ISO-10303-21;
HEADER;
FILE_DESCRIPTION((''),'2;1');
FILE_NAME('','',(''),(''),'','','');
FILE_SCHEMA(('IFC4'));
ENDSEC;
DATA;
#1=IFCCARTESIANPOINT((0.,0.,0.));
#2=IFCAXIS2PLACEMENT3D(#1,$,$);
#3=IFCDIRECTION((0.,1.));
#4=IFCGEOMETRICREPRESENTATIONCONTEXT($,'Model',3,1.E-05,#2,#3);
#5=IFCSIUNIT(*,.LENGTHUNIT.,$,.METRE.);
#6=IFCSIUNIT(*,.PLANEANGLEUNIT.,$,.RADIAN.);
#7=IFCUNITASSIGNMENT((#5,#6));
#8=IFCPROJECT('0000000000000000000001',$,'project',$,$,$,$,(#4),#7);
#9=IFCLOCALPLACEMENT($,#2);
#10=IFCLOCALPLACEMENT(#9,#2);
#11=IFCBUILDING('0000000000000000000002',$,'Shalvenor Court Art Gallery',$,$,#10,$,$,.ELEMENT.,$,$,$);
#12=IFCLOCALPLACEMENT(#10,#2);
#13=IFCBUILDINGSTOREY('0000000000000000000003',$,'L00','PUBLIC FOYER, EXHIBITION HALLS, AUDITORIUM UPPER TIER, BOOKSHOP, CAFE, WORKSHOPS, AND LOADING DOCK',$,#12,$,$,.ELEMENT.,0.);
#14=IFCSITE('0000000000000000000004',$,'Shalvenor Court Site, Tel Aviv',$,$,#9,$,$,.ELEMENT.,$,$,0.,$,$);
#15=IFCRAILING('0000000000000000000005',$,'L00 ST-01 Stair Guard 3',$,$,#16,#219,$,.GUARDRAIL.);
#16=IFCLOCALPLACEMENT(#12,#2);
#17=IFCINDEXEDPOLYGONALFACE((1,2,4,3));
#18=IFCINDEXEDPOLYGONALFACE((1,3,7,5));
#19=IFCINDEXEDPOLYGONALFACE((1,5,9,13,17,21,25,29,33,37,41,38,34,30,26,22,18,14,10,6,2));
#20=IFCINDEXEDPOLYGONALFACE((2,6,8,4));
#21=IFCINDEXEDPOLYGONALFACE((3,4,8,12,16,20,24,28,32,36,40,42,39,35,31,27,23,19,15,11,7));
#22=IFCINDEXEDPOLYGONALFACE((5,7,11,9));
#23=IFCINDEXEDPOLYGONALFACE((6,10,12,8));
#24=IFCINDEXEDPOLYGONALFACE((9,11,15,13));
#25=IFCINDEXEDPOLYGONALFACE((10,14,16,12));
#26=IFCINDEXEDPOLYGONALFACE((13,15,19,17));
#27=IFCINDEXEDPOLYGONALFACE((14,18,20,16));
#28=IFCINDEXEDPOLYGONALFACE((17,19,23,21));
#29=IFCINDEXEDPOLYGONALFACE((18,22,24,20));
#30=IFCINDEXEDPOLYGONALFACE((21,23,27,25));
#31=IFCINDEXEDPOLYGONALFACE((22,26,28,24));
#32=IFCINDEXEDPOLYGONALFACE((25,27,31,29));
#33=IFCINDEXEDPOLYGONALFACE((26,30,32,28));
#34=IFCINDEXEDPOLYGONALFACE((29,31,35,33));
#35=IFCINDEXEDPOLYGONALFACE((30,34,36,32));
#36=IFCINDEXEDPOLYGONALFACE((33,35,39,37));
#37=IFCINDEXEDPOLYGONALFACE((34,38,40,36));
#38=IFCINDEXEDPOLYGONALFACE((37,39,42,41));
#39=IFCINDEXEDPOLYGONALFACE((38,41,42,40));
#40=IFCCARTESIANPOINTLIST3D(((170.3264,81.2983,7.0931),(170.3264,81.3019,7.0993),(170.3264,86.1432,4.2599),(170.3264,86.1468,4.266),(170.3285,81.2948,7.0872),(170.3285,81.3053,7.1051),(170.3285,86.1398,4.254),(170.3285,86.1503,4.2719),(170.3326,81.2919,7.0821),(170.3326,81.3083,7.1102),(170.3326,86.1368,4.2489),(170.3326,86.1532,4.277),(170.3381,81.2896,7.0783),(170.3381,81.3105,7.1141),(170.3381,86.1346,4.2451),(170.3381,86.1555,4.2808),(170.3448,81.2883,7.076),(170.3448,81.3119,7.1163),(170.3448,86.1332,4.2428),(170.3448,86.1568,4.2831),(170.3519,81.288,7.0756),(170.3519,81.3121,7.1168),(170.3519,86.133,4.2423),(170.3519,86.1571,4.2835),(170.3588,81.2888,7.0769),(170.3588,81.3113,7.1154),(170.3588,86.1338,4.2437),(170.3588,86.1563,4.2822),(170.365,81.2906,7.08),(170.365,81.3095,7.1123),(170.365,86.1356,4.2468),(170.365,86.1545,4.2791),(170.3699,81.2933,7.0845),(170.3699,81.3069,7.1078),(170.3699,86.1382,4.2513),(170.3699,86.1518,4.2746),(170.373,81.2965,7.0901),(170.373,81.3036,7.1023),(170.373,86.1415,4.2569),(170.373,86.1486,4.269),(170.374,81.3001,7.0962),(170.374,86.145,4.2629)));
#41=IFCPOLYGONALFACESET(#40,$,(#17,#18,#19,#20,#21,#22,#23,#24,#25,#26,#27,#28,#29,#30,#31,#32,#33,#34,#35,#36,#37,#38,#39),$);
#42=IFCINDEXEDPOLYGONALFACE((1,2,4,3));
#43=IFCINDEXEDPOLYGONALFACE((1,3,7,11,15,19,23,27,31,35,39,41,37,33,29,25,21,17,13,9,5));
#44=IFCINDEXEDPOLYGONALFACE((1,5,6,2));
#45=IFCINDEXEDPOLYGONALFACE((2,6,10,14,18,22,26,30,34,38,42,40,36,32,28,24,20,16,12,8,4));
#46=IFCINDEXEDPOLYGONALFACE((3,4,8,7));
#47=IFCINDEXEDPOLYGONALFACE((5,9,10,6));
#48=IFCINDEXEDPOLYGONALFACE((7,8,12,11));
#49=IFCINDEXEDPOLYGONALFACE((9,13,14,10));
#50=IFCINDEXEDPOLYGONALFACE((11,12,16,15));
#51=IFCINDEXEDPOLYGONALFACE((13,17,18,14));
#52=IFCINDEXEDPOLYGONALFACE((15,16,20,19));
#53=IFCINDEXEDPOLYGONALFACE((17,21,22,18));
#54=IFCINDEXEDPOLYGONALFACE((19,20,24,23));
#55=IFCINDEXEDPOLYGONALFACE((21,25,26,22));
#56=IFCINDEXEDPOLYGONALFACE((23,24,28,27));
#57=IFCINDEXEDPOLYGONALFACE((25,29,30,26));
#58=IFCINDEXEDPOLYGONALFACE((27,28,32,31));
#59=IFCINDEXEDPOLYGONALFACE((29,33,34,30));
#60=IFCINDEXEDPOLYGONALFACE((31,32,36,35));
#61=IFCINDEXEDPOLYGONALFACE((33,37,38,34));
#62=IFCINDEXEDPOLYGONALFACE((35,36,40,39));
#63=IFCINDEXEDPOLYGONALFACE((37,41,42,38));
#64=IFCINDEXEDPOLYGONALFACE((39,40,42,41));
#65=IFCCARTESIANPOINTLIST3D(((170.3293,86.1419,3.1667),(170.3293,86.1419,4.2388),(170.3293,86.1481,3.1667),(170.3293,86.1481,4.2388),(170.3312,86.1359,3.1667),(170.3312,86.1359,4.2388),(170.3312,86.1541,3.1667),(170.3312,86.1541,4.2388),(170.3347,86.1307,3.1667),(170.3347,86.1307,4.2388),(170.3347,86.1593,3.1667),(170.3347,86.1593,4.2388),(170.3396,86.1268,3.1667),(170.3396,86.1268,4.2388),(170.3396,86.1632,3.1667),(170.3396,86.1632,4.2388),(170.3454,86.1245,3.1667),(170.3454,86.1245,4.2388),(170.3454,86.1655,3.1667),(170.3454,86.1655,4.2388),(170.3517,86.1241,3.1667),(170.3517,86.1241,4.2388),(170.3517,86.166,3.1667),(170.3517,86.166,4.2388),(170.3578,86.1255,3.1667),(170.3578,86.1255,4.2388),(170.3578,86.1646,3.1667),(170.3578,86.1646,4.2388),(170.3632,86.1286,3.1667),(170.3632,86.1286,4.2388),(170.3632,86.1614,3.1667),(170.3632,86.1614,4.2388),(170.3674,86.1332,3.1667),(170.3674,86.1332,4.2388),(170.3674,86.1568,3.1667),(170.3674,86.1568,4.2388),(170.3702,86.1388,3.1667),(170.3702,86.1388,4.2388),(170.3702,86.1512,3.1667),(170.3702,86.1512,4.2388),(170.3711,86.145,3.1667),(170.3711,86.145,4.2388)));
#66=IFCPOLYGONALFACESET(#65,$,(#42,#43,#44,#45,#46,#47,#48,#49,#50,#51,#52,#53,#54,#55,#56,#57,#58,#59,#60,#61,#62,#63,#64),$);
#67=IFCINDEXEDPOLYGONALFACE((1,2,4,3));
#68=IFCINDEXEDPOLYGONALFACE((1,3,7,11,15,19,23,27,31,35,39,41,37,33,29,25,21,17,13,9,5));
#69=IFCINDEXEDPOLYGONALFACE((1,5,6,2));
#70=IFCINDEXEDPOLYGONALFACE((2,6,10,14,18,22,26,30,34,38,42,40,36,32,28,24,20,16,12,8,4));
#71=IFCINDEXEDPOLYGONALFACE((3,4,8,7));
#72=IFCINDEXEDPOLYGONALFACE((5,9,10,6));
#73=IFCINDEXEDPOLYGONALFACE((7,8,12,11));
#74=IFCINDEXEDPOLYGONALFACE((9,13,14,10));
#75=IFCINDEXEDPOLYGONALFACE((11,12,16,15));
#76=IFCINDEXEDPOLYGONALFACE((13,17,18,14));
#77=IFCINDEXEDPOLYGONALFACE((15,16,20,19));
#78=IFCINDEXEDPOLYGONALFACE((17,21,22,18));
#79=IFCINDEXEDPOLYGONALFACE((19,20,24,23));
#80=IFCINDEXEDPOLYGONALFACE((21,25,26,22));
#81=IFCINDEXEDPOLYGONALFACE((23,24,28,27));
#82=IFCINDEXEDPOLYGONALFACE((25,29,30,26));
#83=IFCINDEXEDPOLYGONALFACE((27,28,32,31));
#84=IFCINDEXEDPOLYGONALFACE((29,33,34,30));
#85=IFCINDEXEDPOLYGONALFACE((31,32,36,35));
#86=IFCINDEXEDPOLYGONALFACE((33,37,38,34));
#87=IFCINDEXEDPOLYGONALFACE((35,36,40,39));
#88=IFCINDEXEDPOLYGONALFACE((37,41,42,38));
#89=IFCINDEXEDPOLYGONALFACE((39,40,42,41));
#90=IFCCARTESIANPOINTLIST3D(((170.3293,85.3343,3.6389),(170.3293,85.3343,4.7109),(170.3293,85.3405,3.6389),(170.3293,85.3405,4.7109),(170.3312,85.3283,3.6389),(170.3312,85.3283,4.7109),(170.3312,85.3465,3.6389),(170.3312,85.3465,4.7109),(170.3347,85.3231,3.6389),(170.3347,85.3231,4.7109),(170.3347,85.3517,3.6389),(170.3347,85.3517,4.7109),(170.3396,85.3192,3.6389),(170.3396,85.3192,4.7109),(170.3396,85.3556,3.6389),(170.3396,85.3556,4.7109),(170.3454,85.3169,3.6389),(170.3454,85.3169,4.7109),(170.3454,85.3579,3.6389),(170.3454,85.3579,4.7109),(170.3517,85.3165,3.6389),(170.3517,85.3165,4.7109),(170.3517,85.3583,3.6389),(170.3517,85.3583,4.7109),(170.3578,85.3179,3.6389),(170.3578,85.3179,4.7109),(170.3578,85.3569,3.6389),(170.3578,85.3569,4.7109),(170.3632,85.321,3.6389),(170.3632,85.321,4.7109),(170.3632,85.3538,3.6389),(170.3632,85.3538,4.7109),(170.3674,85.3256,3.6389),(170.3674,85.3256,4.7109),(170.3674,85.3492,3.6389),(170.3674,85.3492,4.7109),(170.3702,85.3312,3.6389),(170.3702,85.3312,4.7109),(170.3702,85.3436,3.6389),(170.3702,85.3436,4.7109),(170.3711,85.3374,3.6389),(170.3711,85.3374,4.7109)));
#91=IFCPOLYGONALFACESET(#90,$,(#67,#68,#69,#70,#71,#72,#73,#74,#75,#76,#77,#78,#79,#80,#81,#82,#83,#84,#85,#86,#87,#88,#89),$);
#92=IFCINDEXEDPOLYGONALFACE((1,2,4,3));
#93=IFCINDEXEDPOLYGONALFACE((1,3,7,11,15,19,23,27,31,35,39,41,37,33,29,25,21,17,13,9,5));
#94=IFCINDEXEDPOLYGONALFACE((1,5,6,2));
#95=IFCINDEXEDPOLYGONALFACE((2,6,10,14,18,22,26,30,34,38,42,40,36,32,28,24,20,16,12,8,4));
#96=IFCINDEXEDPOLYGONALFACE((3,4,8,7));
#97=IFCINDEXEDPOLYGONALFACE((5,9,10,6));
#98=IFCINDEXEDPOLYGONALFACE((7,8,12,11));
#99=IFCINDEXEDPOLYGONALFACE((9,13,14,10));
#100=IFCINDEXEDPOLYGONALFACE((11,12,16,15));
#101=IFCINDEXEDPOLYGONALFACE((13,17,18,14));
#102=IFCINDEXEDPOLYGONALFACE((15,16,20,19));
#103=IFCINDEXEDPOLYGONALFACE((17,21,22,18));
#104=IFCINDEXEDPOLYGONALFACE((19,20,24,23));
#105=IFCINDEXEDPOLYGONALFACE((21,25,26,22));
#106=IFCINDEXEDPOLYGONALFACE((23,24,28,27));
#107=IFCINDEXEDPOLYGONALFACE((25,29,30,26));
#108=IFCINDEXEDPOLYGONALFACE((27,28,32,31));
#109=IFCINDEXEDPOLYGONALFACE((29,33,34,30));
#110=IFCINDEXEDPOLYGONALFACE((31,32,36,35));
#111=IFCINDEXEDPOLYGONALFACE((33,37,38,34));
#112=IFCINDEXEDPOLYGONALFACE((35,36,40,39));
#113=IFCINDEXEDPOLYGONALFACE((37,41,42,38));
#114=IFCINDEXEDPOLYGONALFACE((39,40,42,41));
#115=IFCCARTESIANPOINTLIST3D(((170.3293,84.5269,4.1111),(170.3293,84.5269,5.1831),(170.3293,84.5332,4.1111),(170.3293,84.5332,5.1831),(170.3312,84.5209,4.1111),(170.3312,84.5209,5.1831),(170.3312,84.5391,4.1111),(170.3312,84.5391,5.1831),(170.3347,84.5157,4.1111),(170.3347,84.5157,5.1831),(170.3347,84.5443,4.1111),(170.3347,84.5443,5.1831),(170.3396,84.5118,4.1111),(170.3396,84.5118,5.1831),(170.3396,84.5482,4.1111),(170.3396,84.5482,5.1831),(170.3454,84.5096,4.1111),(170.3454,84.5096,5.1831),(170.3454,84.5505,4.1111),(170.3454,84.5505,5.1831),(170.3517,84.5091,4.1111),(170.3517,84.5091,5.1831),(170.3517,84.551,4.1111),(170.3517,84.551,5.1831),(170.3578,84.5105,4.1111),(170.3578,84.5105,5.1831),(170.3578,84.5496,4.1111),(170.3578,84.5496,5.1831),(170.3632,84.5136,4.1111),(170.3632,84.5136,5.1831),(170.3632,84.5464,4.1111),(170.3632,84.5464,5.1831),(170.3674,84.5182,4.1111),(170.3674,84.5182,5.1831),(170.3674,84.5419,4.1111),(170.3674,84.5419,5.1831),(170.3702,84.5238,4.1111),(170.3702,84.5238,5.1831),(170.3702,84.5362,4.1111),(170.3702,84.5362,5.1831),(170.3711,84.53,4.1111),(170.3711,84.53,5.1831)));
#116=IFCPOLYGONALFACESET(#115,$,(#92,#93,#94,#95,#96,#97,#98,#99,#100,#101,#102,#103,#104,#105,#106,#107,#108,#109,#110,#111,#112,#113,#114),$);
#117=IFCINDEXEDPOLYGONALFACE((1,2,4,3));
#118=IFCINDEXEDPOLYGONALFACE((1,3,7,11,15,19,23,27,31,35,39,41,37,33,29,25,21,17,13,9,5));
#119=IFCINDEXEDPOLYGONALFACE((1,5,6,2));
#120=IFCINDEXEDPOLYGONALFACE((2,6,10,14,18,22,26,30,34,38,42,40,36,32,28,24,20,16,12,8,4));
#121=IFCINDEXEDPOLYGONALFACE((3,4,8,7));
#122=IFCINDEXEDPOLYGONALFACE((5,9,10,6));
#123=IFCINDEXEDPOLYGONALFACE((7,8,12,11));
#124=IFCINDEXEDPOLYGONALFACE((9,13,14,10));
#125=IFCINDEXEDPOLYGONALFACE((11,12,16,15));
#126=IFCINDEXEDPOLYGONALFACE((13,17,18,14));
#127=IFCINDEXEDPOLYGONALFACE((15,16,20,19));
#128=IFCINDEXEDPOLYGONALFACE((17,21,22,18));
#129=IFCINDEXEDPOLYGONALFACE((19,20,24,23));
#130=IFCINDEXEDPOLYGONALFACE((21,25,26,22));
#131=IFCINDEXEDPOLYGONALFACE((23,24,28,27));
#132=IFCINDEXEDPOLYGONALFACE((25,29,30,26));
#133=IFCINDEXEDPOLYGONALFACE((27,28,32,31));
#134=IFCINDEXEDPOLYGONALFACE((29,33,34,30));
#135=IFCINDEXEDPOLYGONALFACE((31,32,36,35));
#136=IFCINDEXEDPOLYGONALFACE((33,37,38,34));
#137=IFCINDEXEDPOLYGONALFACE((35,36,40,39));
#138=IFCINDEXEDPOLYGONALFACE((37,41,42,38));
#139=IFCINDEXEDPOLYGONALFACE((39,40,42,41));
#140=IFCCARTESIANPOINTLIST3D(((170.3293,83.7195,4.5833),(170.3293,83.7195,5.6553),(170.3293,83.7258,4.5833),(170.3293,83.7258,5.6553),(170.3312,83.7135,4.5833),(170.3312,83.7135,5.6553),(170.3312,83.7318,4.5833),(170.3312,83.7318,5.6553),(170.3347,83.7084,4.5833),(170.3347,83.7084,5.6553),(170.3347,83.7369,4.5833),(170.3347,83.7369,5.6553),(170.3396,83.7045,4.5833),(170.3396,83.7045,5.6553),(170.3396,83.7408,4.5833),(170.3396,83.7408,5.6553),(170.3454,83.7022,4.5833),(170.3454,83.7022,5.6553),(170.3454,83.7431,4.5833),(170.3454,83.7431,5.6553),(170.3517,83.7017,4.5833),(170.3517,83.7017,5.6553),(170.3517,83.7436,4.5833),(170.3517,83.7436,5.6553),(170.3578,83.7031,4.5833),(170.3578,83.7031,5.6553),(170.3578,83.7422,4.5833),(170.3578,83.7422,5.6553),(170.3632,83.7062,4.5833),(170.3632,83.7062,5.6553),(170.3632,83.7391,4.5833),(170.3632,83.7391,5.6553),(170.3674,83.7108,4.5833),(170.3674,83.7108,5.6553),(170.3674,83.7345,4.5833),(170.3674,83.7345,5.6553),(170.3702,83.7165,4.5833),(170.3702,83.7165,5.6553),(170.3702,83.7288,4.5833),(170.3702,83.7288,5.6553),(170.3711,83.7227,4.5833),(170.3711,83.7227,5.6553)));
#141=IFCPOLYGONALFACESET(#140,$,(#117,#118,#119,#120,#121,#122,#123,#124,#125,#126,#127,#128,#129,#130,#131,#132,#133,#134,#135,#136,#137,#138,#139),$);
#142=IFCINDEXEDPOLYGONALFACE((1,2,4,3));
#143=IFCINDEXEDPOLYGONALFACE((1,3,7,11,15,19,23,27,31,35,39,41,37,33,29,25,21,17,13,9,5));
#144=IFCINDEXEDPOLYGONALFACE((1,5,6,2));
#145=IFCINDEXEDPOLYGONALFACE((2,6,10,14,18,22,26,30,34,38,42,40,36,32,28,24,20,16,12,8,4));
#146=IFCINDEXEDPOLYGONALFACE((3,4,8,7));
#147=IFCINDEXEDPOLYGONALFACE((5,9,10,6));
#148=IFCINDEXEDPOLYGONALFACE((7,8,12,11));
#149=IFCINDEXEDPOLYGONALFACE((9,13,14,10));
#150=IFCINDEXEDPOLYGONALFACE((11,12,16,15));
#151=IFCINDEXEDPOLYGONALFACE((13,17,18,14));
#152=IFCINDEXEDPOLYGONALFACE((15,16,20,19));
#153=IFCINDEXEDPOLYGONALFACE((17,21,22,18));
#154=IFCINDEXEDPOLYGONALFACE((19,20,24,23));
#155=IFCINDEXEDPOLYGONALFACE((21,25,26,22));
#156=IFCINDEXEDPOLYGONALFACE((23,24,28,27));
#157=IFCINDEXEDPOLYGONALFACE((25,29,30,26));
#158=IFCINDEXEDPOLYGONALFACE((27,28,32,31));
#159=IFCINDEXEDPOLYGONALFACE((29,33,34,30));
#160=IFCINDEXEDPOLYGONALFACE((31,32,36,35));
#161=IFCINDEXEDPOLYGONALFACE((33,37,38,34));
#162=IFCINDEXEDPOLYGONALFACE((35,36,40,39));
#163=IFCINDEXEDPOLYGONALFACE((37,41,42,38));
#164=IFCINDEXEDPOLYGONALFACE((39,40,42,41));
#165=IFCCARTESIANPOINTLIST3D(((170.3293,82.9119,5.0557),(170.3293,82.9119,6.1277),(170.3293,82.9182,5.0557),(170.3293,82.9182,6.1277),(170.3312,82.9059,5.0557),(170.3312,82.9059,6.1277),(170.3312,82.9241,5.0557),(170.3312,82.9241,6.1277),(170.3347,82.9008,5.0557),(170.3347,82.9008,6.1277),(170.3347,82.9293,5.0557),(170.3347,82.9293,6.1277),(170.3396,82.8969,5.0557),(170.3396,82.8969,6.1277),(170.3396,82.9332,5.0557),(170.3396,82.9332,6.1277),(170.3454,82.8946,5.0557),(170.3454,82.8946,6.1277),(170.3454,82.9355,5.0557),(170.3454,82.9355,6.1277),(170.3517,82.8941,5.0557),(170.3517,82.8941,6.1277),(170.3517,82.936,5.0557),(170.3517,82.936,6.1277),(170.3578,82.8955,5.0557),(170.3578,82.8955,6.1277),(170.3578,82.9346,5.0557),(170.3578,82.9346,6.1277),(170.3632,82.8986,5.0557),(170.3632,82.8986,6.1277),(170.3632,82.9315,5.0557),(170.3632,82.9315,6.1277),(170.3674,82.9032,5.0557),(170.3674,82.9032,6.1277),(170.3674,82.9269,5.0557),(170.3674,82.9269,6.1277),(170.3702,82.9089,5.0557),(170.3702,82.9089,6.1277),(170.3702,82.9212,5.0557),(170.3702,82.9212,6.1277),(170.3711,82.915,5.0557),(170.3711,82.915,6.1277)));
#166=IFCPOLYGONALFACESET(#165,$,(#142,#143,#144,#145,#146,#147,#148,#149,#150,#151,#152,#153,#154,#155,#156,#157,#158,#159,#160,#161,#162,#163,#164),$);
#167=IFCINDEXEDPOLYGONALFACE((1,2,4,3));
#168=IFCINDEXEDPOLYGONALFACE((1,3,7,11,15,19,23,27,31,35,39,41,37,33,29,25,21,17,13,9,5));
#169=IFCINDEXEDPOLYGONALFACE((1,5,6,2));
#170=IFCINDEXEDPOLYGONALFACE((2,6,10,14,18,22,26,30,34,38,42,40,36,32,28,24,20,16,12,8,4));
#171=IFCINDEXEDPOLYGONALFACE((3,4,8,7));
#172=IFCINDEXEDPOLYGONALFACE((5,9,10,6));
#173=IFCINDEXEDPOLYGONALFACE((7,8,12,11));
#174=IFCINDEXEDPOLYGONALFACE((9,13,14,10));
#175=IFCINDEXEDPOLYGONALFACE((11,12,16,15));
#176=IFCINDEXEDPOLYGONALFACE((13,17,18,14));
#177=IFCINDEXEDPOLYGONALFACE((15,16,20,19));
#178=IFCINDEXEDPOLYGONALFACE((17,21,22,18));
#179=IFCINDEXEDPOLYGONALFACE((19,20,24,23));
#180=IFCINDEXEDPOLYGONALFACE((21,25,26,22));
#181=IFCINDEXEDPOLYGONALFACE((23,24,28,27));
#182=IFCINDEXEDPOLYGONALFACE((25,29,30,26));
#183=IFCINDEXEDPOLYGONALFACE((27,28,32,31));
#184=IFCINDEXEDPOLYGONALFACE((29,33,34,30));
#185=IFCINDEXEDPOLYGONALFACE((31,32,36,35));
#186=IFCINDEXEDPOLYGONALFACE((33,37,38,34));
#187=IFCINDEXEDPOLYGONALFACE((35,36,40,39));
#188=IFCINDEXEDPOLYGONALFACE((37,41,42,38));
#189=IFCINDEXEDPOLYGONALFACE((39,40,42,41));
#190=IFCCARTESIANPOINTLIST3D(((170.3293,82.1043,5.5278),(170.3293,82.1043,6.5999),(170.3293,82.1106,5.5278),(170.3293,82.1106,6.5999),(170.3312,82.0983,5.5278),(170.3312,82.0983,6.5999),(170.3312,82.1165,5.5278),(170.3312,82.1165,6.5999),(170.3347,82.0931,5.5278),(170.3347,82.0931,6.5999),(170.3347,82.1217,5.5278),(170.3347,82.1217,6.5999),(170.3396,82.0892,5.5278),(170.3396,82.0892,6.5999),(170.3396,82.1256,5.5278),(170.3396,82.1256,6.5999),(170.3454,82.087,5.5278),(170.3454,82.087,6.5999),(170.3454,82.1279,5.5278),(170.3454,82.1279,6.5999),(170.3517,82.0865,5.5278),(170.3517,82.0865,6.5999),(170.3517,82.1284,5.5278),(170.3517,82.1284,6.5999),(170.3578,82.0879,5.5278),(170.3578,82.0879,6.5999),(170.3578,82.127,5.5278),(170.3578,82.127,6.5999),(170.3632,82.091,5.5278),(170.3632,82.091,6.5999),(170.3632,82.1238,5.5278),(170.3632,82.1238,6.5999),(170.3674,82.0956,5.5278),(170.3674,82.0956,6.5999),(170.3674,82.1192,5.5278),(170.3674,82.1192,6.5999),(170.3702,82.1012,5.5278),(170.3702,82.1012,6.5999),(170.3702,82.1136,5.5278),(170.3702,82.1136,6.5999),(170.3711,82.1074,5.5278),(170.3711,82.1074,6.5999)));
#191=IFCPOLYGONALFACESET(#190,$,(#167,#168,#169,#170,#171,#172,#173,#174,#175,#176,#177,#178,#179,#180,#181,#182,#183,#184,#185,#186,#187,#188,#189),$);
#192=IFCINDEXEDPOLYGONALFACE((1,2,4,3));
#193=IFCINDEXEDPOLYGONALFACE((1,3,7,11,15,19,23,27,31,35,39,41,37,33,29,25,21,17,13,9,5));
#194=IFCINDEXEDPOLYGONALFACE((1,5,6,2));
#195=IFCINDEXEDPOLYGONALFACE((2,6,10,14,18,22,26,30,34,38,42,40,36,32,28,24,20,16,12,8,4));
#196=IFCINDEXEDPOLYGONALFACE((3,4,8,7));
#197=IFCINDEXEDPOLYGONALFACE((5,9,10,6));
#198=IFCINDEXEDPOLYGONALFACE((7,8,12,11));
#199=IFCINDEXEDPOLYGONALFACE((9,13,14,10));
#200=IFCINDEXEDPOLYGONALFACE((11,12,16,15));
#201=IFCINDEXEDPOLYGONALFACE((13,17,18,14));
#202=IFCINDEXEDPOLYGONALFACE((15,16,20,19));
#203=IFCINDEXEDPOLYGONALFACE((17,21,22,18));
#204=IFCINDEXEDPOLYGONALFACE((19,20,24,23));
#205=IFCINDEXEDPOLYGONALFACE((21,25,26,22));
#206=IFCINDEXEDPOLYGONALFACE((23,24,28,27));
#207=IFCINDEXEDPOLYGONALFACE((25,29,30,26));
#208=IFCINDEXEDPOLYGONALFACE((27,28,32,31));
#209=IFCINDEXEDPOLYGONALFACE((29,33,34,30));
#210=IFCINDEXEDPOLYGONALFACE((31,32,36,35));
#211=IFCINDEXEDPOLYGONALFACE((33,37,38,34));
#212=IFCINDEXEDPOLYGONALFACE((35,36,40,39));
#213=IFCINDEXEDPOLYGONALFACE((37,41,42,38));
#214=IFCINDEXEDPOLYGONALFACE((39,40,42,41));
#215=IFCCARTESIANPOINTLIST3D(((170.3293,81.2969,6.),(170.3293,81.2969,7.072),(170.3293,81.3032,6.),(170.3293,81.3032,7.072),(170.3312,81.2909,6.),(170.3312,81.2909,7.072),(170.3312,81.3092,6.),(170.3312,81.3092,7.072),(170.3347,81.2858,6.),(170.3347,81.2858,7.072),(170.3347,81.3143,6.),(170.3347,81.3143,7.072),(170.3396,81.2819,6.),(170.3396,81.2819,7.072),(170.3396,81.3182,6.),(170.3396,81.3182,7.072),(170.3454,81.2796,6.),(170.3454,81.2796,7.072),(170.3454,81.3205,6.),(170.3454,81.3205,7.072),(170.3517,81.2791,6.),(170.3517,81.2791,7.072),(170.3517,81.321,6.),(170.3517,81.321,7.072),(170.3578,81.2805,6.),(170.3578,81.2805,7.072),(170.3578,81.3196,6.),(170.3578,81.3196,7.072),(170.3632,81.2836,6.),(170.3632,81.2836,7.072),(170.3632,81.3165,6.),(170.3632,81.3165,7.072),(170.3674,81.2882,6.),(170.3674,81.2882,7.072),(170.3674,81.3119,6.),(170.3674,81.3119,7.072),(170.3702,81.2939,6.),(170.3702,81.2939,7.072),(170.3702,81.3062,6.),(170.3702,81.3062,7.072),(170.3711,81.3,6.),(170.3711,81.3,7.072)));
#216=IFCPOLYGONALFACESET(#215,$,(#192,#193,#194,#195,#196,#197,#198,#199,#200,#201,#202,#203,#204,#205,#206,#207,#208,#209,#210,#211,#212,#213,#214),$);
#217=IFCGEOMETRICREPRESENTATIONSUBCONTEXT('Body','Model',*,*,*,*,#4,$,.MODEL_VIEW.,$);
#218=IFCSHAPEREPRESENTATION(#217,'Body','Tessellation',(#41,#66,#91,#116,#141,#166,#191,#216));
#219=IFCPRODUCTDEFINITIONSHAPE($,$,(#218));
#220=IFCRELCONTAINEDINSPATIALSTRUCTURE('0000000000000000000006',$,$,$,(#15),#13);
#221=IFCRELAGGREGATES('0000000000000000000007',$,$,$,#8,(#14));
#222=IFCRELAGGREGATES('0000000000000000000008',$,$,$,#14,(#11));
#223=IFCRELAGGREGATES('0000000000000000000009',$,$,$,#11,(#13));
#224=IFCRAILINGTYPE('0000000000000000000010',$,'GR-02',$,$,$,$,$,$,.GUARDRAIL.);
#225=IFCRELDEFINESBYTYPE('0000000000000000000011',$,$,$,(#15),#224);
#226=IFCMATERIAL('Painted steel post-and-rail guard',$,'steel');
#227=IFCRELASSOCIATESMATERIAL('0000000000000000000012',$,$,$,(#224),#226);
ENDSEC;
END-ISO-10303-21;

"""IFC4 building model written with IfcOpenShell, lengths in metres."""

from ifc_helpers import new_model, si_unit, direction, frame, origin, origin_2d, place, context, subcontext, project, spatial, circle, extrude, material, type_object, element, save


model = new_model("IFC4")

# Units and contexts
model_context = context("Model", 3, precision=1e-05, world=origin(), true_north=direction((0.0, 1.0)))
body_context = subcontext(model_context, "Body", "Model", "MODEL_VIEW")
ifc_project = project(units=[si_unit("LENGTHUNIT", "METRE"), si_unit("PLANEANGLEUNIT", "RADIAN")], contexts=[model_context])

# Site, building, storey
site_placement = place(None, origin())
site = spatial("IfcSite", under=ifc_project, at=site_placement, Name="Shalvenor Court Site, Tel Aviv", CompositionType="ELEMENT", RefElevation=0.0)
building_placement = place(site_placement, origin())
building = spatial("IfcBuilding", under=site, at=building_placement, Name="Shalvenor Court Art Gallery", CompositionType="ELEMENT")
storey_placement = place(building_placement, origin())
storey = spatial("IfcBuildingStorey", under=building, at=storey_placement, Name="L00", Description="PUBLIC FOYER, EXHIBITION HALLS, AUDITORIUM UPPER TIER, BOOKSHOP, CAFE, WORKSHOPS, AND LOADING DOCK", CompositionType="ELEMENT", Elevation=0.0)

# Railing
ifc_material_1 = material(Name="Painted steel post-and-rail guard", Category="steel")
railing_type_1 = type_object("IfcRailingType", Name="GR-02", PredefinedType="GUARDRAIL", material=ifc_material_1)
railing_1_placement = place(storey_placement, frame((170.3501, 86.145, 3.1667)))
element("IfcRailing", 1, at=railing_1_placement, inside=storey, type_object=railing_type_1, Name="L00 ST-01 Stair Guard 3", PredefinedType="GUARDRAIL", context=body_context, shape_type="SweptSolid", body=[
    extrude(circle(Radius=0.0239, at=origin_2d()), frame((0.0, 0.0, 1.0962), z_axis=(0.0, -0.863234, 0.504804), x_axis=(1.0, 0.0, 0.0)), (0.0, 0.0, 1.0), 5.6125),
    extrude(circle(Radius=0.021, at=origin_2d()), origin(), (0.0, 0.0, 1.0), 1.072),
    extrude(circle(Radius=0.021, at=origin_2d()), frame((0.0, -0.8076, 0.4722)), (0.0, 0.0, 1.0), 1.072),
    extrude(circle(Radius=0.021, at=origin_2d()), frame((0.0, -1.615, 0.9443)), (0.0, 0.0, 1.0), 1.072),
    extrude(circle(Radius=0.021, at=origin_2d()), frame((0.0, -2.4224, 1.4165)), (0.0, 0.0, 1.0), 1.072),
    extrude(circle(Radius=0.021, at=origin_2d()), frame((0.0, -3.23, 1.8889)), (0.0, 0.0, 1.0), 1.072),
    extrude(circle(Radius=0.021, at=origin_2d()), frame((0.0, -4.0376, 2.3611)), (0.0, 0.0, 1.0), 1.072),
    extrude(circle(Radius=0.021, at=origin_2d()), frame((0.0, -4.845, 2.8333)), (0.0, 0.0, 1.0), 1.072),
])

save(model, "model.ifc")
